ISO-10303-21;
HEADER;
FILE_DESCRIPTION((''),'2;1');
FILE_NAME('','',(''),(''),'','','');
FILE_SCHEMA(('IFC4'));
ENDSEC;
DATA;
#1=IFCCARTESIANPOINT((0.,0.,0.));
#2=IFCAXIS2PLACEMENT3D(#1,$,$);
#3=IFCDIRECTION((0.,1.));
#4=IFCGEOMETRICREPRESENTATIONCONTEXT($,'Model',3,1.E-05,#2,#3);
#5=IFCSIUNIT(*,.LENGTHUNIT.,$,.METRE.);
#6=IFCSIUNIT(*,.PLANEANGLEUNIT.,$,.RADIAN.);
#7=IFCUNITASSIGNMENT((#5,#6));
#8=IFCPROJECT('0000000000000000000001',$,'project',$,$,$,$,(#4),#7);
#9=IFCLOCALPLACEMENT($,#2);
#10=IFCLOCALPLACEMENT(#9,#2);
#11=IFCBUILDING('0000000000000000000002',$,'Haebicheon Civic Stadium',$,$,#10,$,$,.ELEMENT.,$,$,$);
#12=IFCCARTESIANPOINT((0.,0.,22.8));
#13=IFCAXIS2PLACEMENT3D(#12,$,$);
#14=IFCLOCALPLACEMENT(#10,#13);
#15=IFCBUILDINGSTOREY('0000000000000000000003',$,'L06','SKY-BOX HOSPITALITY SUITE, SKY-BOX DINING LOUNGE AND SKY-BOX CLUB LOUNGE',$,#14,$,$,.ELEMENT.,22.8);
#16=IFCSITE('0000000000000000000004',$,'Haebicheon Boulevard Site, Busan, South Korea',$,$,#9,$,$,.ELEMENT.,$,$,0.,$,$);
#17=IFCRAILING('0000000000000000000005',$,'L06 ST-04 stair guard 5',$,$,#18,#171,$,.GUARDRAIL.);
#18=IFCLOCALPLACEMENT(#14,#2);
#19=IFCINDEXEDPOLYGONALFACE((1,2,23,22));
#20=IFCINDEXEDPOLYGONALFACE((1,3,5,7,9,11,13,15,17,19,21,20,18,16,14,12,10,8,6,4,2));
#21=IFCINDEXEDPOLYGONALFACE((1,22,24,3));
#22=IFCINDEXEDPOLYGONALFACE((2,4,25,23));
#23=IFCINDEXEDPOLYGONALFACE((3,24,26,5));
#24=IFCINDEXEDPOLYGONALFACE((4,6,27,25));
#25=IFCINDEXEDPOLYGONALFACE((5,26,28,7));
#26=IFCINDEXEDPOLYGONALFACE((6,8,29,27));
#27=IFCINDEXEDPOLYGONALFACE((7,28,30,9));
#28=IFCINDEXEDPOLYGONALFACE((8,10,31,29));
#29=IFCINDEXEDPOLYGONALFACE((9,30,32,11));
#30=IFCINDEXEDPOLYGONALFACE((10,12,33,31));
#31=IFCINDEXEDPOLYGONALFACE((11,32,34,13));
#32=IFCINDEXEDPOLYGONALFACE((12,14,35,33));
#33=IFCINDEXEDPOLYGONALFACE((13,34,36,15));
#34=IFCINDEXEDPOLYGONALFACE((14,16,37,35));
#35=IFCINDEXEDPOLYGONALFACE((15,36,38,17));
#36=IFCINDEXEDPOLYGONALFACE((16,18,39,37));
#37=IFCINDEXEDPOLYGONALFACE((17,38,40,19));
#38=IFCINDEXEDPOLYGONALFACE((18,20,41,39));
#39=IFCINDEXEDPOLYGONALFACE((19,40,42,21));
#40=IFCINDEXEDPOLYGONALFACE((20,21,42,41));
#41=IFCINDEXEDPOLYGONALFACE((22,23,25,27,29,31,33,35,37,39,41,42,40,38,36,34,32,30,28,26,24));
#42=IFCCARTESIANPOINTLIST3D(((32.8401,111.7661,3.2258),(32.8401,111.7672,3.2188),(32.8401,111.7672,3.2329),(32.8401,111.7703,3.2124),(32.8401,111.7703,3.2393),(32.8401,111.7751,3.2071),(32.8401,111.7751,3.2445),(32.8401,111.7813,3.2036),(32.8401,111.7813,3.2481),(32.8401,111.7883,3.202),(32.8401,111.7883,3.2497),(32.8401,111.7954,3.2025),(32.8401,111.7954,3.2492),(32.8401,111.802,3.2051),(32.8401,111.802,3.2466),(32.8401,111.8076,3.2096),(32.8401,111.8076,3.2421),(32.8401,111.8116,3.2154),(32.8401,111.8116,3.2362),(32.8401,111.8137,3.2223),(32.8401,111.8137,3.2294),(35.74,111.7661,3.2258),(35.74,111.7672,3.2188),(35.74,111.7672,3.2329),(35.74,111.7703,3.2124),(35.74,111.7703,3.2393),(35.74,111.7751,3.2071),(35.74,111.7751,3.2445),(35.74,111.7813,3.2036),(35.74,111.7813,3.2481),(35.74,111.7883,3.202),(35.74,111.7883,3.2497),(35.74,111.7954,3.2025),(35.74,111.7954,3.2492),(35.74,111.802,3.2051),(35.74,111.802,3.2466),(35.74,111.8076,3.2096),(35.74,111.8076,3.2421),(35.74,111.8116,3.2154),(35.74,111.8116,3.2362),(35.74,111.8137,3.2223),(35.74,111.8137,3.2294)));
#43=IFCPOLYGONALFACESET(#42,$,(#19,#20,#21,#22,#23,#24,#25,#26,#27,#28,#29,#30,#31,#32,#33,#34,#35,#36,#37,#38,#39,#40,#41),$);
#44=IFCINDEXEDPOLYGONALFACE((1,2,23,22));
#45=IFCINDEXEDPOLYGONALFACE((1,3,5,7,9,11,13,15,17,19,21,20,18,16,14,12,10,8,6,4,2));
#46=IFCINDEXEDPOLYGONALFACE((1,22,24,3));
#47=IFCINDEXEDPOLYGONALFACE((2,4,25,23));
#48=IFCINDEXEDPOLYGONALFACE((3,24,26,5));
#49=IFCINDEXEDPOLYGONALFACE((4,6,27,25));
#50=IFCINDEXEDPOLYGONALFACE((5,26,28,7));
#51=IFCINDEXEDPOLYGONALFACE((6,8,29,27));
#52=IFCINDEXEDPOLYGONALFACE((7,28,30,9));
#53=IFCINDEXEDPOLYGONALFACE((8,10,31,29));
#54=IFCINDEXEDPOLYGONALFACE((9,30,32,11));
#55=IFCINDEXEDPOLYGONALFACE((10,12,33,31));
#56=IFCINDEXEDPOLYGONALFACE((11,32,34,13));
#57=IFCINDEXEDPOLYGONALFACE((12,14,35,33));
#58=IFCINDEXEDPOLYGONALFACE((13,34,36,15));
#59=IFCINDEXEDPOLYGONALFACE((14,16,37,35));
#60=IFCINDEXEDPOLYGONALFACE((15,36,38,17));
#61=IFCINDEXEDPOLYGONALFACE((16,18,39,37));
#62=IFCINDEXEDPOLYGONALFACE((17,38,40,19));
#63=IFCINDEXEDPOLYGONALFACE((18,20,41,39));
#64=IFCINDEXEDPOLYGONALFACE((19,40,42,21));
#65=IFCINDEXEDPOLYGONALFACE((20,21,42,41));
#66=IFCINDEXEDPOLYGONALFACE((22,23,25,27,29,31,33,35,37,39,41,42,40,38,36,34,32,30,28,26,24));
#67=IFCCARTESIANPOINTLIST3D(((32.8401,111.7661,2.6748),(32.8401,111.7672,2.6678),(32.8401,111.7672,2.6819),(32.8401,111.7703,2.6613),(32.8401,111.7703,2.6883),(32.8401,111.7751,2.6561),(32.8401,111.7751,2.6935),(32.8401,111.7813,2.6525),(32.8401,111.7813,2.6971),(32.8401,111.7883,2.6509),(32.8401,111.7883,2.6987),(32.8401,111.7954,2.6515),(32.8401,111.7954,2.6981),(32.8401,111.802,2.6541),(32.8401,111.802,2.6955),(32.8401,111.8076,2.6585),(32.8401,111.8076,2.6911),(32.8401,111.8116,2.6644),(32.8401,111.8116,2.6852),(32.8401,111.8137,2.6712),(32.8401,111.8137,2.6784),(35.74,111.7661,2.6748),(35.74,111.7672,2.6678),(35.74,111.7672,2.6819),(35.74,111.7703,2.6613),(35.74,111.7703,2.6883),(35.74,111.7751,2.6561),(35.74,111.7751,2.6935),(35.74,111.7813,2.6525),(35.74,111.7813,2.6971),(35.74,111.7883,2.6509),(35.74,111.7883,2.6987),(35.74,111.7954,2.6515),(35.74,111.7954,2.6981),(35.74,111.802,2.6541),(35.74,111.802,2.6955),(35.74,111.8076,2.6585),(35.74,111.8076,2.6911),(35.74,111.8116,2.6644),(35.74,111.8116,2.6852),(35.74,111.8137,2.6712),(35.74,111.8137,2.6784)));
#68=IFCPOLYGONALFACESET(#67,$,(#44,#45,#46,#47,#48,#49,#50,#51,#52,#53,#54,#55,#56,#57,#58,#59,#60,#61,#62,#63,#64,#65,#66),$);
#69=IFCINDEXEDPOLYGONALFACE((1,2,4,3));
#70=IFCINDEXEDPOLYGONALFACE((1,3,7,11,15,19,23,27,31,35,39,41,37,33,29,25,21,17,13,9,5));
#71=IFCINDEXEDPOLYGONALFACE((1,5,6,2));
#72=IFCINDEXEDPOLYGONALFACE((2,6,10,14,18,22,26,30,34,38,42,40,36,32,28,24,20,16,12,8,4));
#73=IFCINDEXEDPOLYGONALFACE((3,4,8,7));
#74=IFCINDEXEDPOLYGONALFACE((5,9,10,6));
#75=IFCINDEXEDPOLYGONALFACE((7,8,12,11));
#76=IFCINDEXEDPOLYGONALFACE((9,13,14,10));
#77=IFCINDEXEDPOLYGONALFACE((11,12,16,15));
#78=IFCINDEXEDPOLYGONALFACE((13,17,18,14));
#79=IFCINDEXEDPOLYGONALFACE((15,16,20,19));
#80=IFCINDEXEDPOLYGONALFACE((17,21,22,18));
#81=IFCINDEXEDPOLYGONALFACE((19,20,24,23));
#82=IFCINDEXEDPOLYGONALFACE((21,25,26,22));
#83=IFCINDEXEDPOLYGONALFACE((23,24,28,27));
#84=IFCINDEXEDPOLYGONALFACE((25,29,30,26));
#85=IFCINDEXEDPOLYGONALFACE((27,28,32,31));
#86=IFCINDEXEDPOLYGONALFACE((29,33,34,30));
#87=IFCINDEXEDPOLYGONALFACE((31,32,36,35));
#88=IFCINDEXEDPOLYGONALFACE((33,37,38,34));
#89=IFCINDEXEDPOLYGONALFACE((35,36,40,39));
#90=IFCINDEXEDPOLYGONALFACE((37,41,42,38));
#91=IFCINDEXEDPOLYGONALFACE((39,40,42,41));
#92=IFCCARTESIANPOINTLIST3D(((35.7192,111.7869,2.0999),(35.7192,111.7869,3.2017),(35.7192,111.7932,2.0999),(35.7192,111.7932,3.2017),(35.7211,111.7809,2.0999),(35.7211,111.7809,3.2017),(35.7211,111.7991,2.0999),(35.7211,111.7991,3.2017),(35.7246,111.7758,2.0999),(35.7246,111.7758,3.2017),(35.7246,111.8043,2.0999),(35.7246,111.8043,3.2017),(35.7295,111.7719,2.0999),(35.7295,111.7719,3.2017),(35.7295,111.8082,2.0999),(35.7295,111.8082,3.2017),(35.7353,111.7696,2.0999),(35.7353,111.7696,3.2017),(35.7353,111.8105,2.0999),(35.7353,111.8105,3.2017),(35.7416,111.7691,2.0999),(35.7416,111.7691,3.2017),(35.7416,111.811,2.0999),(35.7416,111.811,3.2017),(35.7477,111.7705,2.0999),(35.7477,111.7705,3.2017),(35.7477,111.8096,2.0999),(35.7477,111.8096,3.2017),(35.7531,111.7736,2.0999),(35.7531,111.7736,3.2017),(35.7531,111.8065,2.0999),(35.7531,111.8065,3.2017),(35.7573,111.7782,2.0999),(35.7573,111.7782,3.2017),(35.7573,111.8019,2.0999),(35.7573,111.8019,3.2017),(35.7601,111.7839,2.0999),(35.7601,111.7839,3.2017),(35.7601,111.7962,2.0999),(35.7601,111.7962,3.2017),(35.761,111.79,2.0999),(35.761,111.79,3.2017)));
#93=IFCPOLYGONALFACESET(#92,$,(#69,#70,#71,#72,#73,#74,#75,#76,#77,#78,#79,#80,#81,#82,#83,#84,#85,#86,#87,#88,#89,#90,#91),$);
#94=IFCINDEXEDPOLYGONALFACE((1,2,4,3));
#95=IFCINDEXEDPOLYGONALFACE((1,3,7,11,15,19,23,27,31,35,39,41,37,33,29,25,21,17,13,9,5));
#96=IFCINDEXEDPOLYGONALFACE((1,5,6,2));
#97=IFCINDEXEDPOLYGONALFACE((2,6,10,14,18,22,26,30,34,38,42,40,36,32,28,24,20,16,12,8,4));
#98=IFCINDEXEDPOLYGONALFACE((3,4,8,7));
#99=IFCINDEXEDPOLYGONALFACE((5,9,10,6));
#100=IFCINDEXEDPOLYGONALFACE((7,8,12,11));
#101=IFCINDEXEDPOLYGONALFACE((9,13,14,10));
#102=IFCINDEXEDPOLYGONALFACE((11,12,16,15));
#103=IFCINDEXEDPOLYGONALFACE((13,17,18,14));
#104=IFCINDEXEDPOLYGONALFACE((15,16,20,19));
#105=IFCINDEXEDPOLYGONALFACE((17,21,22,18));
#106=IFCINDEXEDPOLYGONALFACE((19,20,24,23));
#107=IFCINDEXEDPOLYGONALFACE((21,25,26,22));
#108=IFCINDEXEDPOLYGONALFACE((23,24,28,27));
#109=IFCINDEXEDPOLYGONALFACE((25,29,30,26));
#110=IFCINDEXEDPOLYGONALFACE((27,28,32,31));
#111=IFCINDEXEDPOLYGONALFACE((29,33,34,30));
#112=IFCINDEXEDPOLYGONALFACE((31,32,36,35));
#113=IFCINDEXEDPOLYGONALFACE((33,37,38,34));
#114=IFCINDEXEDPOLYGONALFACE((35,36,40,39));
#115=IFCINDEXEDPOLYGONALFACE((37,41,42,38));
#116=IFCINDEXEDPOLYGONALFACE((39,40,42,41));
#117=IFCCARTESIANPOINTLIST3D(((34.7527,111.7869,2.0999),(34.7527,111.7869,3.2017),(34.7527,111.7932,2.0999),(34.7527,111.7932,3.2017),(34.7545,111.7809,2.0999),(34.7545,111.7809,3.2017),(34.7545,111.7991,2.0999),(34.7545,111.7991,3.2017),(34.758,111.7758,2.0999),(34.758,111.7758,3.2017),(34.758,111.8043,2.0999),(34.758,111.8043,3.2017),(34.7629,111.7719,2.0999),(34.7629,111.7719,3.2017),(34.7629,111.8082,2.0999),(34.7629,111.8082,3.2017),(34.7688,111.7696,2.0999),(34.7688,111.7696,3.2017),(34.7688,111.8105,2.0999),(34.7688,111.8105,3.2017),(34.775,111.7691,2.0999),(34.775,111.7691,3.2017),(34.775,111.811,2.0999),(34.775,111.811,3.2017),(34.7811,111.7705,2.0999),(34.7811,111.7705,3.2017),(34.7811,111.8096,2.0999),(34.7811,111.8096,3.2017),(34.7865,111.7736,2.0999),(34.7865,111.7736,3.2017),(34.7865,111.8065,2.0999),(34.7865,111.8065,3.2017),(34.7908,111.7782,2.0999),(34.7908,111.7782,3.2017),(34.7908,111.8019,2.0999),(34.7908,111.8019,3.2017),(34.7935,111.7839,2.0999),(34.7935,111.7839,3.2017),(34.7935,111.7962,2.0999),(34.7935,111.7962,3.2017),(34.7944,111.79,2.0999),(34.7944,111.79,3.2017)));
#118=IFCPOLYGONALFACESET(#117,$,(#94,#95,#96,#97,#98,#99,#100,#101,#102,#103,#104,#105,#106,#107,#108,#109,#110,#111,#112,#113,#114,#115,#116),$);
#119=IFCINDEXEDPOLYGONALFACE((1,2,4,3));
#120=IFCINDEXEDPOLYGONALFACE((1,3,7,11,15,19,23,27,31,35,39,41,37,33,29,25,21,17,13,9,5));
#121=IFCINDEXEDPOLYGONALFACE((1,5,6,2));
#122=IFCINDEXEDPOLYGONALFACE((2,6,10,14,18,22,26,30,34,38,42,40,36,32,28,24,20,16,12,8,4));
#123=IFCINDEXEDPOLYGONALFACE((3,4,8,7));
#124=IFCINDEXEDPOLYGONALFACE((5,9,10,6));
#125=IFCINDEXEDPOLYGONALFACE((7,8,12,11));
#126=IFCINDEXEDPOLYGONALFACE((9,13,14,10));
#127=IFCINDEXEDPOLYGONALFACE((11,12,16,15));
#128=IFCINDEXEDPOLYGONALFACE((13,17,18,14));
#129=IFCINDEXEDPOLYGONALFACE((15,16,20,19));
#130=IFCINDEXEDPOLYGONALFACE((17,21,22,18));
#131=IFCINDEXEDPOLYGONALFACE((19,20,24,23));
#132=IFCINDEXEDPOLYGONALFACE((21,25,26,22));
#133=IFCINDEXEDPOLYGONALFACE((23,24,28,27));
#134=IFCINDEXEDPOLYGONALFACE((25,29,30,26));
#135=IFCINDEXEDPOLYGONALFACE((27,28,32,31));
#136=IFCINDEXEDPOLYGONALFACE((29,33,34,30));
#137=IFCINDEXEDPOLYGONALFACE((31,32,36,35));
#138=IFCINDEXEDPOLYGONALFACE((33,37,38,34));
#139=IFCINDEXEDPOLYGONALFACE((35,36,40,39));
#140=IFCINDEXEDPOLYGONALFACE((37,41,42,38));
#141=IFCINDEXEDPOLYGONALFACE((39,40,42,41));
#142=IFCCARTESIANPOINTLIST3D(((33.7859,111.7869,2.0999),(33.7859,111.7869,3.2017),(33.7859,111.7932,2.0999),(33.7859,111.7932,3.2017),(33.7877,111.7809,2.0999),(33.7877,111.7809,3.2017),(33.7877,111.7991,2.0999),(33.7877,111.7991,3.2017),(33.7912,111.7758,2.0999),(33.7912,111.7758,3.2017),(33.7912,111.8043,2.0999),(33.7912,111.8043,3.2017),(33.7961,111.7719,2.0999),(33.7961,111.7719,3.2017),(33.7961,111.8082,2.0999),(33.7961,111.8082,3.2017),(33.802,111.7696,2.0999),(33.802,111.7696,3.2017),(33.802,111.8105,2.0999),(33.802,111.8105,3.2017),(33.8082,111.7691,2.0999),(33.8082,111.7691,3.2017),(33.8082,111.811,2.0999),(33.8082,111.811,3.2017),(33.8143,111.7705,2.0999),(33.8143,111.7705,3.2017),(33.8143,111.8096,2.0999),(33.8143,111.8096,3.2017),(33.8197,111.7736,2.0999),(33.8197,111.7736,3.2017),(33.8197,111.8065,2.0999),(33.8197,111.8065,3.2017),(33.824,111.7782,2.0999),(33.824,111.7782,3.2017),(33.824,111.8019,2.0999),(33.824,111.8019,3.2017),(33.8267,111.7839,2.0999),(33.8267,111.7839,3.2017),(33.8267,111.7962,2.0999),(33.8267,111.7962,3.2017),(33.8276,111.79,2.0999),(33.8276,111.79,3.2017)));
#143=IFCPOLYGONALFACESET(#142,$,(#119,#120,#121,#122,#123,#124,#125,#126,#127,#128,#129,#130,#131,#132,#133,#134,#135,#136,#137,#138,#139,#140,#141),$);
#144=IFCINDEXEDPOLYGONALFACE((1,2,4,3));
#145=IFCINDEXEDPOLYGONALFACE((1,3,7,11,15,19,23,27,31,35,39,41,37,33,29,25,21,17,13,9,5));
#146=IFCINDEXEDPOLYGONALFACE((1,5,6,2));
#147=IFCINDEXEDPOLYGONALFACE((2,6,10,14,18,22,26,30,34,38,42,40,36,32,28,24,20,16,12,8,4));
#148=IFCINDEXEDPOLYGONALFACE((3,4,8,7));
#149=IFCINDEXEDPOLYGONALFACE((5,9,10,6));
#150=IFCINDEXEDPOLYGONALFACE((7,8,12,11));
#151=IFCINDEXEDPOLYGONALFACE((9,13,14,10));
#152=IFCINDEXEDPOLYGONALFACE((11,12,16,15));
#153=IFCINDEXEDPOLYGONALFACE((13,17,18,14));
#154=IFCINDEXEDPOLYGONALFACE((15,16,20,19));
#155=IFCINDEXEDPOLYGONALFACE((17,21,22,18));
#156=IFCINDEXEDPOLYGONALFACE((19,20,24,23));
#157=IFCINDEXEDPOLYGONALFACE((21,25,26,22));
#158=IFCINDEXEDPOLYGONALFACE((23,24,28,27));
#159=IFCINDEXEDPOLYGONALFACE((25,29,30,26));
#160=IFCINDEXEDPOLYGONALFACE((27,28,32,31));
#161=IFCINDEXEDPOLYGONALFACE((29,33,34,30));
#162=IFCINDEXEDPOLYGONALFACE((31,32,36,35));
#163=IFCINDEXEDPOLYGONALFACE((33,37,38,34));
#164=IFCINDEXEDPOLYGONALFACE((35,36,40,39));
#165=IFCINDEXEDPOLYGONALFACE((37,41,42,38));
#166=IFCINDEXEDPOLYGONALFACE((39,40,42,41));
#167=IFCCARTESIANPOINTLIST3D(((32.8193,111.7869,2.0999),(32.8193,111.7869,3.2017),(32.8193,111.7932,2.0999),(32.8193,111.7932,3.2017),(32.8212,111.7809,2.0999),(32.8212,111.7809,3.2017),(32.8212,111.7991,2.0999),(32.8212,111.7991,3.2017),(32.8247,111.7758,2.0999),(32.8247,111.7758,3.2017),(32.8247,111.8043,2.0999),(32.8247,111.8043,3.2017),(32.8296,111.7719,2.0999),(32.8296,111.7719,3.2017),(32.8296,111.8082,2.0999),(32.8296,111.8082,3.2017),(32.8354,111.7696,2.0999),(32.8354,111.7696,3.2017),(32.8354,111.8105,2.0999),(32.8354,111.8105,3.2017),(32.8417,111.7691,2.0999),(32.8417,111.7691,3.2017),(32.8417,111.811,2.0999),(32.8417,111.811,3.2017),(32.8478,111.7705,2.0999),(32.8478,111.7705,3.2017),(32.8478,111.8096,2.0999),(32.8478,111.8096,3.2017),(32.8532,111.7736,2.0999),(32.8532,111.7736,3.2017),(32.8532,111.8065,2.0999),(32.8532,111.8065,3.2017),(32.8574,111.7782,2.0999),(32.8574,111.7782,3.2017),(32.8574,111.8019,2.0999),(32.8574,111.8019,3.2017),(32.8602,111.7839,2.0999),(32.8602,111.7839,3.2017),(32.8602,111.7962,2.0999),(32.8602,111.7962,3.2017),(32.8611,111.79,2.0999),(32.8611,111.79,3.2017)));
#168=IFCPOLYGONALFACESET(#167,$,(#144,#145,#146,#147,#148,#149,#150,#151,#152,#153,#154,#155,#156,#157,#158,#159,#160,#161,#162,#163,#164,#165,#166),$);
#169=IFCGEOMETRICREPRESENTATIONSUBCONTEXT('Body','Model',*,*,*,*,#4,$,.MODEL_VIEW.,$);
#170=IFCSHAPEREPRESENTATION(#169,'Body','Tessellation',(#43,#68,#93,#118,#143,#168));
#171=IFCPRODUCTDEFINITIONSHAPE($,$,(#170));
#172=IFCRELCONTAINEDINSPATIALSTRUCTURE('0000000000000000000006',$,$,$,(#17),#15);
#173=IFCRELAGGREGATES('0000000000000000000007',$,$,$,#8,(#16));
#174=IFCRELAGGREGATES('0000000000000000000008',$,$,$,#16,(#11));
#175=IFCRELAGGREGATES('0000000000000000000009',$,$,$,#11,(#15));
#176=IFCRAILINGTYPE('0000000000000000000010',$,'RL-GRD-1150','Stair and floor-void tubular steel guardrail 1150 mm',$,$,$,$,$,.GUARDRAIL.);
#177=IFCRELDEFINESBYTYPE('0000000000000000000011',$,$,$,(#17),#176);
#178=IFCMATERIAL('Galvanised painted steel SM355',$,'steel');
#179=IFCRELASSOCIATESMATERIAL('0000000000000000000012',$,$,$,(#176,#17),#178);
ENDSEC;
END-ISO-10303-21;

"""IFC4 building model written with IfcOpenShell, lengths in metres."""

from ifc_helpers import new_model, si_unit, direction, frame, origin, origin_2d, place, context, subcontext, project, spatial, circle, extrude, material, type_object, element, save


model = new_model("IFC4")

# Units and contexts
model_context = context("Model", 3, precision=1e-05, world=origin(), true_north=direction((0.0, 1.0)))
body_context = subcontext(model_context, "Body", "Model", "MODEL_VIEW")
ifc_project = project(units=[si_unit("LENGTHUNIT", "METRE"), si_unit("PLANEANGLEUNIT", "RADIAN")], contexts=[model_context])

# Site, building, storey
site_placement = place(None, origin())
site = spatial("IfcSite", under=ifc_project, at=site_placement, Name="Haebicheon Boulevard Site, Busan, South Korea", CompositionType="ELEMENT", RefElevation=0.0)
building_placement = place(site_placement, origin())
building = spatial("IfcBuilding", under=site, at=building_placement, Name="Haebicheon Civic Stadium", CompositionType="ELEMENT")
storey_placement = place(building_placement, frame((0.0, 0.0, 22.8)))
storey = spatial("IfcBuildingStorey", under=building, at=storey_placement, Name="L06", Description="SKY-BOX HOSPITALITY SUITE, SKY-BOX DINING LOUNGE AND SKY-BOX CLUB LOUNGE", CompositionType="ELEMENT", Elevation=22.8)

# Railing
ifc_material_1 = material(Name="Galvanised painted steel SM355", Category="steel")
railing_type_1 = type_object("IfcRailingType", Name="RL-GRD-1150", Description="Stair and floor-void tubular steel guardrail 1150 mm", PredefinedType="GUARDRAIL", material=ifc_material_1)
railing_1_placement = place(storey_placement, frame((35.74, 111.79, 2.0999)))
element("IfcRailing", 1, at=railing_1_placement, inside=storey, type_object=railing_type_1, material=ifc_material_1, Name="L06 ST-04 stair guard 5", PredefinedType="GUARDRAIL", context=body_context, shape_type="SweptSolid", body=[
    extrude(circle(Radius=0.0239, at=origin_2d()), frame((0.0, 0.0, 1.126), z_axis=(-1.0, 0.0, 0.0), x_axis=(0.0, -1.0, 0.0)), (0.0, 0.0, 1.0), 2.8999),
    extrude(circle(Radius=0.0239, at=origin_2d()), frame((0.0, 0.0, 0.575), z_axis=(-1.0, 0.0, 0.0), x_axis=(0.0, -1.0, 0.0)), (0.0, 0.0, 1.0), 2.8999),
    extrude(circle(Radius=0.021, at=origin_2d()), origin(), (0.0, 0.0, 1.0), 1.1018),
    extrude(circle(Radius=0.021, at=origin_2d()), frame((-0.9666, 0.0, 0.0)), (0.0, 0.0, 1.0), 1.1018),
    extrude(circle(Radius=0.021, at=origin_2d()), frame((-1.9333, 0.0, 0.0)), (0.0, 0.0, 1.0), 1.1018),
    extrude(circle(Radius=0.021, at=origin_2d()), frame((-2.8999, 0.0, 0.0)), (0.0, 0.0, 1.0), 1.1018),
])

save(model, "model.ifc")
